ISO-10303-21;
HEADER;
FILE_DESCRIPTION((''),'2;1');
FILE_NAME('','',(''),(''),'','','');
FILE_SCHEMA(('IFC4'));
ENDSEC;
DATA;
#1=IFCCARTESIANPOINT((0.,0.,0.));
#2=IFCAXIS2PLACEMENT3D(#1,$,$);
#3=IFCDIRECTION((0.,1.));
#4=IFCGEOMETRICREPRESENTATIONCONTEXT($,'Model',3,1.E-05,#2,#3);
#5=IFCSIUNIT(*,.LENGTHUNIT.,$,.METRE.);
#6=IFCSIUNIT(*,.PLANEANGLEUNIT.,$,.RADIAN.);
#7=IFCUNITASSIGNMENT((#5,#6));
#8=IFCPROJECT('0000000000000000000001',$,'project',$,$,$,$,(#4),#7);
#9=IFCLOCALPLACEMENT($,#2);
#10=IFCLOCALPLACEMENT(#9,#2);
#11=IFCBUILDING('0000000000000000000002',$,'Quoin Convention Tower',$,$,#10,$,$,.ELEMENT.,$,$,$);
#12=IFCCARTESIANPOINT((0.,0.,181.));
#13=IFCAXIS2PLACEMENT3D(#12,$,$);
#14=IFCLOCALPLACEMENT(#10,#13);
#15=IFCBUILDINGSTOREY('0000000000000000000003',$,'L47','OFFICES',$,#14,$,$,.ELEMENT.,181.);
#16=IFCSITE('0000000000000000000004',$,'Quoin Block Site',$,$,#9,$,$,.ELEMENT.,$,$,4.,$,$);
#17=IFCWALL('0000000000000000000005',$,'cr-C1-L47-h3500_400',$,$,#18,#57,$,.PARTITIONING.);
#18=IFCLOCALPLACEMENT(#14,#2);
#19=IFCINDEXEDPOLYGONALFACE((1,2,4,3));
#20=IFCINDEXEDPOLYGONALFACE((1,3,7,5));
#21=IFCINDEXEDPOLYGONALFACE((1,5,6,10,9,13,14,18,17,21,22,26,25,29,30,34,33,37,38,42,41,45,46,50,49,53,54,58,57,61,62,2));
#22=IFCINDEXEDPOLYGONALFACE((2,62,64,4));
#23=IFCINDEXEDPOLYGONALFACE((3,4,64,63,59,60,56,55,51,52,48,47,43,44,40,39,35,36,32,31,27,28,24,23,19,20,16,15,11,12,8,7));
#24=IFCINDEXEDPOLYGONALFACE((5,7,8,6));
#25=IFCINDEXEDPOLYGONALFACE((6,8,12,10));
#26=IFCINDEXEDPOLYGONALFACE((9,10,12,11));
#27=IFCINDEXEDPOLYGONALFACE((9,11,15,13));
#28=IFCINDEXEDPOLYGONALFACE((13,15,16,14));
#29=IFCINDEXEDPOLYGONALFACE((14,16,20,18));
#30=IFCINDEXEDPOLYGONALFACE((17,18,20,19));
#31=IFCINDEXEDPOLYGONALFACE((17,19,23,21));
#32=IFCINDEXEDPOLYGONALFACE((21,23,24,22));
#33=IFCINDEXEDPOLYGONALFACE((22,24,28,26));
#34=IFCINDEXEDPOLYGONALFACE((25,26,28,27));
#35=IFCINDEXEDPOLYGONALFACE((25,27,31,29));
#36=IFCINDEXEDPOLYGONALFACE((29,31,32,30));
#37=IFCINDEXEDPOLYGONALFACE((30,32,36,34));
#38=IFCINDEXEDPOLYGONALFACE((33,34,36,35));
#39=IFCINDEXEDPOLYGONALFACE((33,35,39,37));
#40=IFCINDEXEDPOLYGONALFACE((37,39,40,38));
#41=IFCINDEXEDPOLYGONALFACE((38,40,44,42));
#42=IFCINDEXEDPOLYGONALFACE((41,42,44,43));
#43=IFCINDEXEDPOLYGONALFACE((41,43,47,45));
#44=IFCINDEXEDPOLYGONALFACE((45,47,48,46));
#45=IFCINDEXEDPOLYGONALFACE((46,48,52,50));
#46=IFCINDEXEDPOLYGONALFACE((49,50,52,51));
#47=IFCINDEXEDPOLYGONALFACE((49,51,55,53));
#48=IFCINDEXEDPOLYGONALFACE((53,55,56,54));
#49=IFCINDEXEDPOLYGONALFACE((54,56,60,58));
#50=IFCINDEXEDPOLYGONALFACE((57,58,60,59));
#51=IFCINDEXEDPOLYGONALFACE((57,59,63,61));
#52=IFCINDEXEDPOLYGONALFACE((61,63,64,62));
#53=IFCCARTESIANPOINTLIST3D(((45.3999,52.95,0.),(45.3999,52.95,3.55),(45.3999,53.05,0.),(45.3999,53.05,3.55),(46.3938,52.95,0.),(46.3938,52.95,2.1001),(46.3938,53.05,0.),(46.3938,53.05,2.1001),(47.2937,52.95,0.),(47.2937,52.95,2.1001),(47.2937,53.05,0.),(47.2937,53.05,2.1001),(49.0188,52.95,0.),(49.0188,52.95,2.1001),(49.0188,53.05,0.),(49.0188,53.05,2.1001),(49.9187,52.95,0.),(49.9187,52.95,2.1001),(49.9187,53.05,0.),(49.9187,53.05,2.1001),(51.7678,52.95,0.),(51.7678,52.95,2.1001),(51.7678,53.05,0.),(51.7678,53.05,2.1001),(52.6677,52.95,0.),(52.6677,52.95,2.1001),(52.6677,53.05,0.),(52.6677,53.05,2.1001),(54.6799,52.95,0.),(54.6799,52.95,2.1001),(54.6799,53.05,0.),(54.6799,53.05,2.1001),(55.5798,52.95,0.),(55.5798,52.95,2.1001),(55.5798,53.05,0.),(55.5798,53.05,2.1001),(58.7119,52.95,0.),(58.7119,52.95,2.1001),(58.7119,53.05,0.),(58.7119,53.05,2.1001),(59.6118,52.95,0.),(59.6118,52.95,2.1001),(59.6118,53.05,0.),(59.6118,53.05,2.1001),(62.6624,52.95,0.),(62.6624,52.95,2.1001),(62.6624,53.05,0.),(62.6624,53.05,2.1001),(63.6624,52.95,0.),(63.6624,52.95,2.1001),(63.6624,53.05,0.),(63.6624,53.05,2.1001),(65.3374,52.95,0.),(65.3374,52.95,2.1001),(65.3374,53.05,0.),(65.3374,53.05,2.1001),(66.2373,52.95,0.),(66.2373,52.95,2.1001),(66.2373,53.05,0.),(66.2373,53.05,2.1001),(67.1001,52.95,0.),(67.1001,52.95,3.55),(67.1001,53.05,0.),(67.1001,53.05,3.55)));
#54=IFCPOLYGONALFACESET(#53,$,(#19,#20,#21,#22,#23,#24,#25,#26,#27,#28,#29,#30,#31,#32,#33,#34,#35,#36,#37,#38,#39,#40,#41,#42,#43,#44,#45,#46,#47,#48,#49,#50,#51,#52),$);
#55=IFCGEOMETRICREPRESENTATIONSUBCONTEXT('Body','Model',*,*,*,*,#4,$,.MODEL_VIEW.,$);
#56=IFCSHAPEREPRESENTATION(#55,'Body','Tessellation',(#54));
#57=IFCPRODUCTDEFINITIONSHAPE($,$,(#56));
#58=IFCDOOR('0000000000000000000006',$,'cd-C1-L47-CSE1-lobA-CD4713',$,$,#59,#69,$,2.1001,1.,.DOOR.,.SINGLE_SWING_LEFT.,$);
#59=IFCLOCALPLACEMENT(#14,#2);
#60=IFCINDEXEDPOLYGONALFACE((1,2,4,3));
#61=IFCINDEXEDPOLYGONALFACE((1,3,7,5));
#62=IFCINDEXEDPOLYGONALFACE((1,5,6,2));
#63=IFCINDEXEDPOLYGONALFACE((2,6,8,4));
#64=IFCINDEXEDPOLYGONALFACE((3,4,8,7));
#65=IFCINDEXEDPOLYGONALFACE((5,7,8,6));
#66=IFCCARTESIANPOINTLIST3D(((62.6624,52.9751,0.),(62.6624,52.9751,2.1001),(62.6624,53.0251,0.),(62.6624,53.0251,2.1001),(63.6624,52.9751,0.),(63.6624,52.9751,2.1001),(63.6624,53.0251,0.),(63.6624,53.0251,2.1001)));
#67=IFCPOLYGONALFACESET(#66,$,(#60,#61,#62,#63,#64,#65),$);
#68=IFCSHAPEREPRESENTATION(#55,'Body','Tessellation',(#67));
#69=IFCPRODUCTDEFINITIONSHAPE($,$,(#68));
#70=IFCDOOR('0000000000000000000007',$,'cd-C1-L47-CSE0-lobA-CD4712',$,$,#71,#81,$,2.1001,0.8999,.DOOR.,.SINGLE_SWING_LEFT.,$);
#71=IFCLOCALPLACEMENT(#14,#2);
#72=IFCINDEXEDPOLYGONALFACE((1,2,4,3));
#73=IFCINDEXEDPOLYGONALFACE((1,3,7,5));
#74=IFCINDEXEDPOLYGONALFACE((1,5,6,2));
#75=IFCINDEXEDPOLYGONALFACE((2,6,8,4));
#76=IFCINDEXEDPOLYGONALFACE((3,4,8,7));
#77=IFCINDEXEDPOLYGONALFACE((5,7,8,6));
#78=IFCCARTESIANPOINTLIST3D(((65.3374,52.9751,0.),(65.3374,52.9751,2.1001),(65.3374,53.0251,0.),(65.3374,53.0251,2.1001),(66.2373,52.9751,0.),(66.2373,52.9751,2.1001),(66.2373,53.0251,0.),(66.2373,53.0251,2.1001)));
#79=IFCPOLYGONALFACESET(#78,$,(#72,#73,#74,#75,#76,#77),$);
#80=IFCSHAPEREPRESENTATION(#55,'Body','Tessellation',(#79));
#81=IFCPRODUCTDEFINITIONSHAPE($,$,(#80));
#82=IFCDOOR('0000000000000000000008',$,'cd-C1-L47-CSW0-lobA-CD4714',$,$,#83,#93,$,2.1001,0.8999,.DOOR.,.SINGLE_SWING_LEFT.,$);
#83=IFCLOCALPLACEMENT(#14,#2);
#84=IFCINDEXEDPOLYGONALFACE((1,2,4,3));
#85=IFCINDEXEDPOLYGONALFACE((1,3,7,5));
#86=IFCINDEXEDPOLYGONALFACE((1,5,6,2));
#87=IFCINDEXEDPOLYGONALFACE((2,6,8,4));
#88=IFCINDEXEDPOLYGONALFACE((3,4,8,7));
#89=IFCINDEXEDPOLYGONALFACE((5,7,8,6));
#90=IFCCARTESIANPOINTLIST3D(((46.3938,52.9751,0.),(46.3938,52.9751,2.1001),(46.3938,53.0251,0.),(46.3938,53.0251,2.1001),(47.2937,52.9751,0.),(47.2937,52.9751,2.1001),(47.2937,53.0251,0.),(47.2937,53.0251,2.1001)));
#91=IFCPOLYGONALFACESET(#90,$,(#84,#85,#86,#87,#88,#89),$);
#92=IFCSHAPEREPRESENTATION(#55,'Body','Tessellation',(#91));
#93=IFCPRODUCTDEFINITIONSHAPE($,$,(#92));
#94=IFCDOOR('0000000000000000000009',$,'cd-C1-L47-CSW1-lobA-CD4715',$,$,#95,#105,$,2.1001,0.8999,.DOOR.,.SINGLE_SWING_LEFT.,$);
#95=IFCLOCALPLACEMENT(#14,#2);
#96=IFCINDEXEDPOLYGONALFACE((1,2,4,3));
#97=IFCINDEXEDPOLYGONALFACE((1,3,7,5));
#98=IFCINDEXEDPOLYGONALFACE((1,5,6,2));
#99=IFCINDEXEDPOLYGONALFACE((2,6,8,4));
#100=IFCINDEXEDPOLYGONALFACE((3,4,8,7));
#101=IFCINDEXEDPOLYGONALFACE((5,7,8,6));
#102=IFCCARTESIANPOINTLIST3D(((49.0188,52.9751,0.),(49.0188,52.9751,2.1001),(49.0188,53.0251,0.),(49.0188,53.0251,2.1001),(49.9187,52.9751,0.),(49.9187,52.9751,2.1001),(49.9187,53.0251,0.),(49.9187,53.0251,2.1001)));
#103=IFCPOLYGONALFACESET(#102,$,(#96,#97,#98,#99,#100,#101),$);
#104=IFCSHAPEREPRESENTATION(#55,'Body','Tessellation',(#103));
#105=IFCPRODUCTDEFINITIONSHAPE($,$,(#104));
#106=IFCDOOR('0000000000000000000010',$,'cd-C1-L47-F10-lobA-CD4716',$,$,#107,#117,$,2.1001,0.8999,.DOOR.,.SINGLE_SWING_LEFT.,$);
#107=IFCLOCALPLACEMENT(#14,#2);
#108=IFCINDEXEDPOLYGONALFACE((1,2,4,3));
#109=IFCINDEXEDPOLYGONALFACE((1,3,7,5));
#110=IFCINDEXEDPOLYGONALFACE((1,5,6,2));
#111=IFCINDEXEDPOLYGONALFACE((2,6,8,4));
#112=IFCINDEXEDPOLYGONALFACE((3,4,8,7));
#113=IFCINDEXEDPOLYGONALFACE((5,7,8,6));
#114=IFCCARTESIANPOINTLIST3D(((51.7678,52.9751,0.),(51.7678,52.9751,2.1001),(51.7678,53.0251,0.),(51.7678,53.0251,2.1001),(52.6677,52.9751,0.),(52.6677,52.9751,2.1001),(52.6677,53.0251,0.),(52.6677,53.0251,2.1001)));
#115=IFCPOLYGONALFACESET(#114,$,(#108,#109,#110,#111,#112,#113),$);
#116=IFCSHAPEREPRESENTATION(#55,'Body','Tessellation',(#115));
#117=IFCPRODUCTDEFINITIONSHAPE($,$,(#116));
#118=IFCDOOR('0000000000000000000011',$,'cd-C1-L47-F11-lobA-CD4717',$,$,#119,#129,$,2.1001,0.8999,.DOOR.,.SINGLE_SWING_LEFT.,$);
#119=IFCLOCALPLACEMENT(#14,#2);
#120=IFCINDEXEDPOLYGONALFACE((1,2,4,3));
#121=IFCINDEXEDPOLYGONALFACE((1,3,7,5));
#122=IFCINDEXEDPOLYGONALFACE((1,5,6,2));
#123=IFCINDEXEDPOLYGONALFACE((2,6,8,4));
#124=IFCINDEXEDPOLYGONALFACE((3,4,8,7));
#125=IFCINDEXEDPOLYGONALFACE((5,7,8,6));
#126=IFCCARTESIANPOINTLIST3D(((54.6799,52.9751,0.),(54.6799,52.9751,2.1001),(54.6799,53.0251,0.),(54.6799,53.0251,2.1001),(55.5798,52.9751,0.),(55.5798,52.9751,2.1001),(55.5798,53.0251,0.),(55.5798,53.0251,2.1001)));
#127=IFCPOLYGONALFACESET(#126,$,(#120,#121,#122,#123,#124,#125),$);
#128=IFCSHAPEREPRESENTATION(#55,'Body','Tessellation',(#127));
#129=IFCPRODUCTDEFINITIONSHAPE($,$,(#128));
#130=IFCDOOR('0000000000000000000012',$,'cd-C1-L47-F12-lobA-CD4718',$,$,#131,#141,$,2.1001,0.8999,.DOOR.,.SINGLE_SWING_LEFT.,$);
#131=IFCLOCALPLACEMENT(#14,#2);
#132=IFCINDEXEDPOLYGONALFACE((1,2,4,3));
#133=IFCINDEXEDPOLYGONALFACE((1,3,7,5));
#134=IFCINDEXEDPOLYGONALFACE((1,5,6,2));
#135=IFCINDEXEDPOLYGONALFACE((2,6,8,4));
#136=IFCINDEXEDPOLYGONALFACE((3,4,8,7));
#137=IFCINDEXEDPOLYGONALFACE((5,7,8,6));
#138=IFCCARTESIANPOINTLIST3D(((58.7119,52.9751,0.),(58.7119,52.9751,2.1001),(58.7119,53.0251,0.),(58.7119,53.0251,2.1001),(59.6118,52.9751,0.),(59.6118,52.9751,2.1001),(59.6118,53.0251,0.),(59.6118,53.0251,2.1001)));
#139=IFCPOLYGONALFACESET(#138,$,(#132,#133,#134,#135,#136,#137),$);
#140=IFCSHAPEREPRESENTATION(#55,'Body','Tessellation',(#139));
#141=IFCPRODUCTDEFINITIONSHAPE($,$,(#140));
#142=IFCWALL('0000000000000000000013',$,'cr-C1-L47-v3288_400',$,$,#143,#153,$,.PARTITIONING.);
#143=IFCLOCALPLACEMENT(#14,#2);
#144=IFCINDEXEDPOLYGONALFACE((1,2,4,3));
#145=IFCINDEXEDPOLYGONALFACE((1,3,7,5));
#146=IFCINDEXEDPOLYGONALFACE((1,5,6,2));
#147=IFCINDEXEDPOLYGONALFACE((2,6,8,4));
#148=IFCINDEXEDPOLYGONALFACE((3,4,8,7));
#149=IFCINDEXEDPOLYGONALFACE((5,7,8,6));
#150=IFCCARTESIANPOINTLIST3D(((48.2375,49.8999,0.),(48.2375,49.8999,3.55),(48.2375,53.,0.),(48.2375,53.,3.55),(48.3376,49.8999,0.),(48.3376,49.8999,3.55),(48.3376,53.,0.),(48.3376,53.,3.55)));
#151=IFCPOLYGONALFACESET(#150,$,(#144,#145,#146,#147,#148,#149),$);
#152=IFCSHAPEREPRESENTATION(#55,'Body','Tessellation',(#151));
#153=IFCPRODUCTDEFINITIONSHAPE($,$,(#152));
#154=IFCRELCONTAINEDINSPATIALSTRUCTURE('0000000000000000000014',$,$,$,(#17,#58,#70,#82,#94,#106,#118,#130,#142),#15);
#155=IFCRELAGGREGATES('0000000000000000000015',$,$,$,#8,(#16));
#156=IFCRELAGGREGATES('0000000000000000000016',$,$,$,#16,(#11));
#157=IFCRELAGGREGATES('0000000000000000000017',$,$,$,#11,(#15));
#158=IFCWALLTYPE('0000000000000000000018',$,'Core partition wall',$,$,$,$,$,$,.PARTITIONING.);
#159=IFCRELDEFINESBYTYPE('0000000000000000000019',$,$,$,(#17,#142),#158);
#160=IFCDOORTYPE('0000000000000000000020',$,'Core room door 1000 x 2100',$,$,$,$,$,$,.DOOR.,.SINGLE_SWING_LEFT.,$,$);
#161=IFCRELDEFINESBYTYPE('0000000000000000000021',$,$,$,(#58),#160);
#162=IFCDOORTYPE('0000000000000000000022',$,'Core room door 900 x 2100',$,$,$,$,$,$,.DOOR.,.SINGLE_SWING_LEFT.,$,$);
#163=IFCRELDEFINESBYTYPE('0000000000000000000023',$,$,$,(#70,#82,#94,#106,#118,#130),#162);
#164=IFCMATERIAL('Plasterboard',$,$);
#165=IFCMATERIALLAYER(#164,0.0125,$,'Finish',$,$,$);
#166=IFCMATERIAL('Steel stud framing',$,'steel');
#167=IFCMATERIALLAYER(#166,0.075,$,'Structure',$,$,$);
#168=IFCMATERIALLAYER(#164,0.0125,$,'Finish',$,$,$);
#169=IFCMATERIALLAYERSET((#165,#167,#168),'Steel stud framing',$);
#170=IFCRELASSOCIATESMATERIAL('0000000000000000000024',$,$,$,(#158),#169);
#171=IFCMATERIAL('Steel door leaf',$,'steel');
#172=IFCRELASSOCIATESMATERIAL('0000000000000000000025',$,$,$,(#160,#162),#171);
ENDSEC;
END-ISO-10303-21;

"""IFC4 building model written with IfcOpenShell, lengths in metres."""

from ifc_helpers import new_model, si_unit, direction, frame, frame_2d, origin, place, context, subcontext, project, spatial, rectangle, extrude, material, layer, layer_set, type_object, element, fill, save


model = new_model("IFC4")

# Units and contexts
model_context = context("Model", 3, precision=1e-05, world=origin(), true_north=direction((0.0, 1.0)))
body_context = subcontext(model_context, "Body", "Model", "MODEL_VIEW")
ifc_project = project(units=[si_unit("LENGTHUNIT", "METRE"), si_unit("PLANEANGLEUNIT", "RADIAN")], contexts=[model_context])

# Site, building, storey
site_placement = place(None, origin())
site = spatial("IfcSite", under=ifc_project, at=site_placement, Name="Quoin Block Site", CompositionType="ELEMENT", RefElevation=4.0)
building_placement = place(site_placement, origin())
building = spatial("IfcBuilding", under=site, at=building_placement, Name="Quoin Convention Tower", CompositionType="ELEMENT")
storey_placement = place(building_placement, frame((0.0, 0.0, 181.0)))
storey = spatial("IfcBuildingStorey", under=building, at=storey_placement, Name="L47", Description="OFFICES", CompositionType="ELEMENT", Elevation=181.0)

# Shared definitions
ifc_material_1 = material(Name="Plasterboard")
ifc_material_2 = material(Name="Steel stud framing", Category="steel")
ifc_material_3 = material(Name="Steel door leaf", Category="steel")

# Wall, openings, doors
ifc_layer_1 = layer(ifc_material_1, 0.0125, Name="Finish")
ifc_layer_2 = layer(ifc_material_2, 0.075, Name="Structure")
ifc_layer_3 = layer(ifc_material_1, 0.0125, Name="Finish")
ifc_layer_set_1 = layer_set([ifc_layer_1, ifc_layer_2, ifc_layer_3], Name="Steel stud framing")
wall_type_1 = type_object("IfcWallType", Name="Core partition wall", PredefinedType="PARTITIONING", material=ifc_layer_set_1)
wall_1_placement = place(storey_placement, frame((45.3999, 53.0, 0.0), z_axis=(0.0, 0.0, 1.0), x_axis=(1.0, 0.0, 0.0)))
wall_1 = element("IfcWall", 1, at=wall_1_placement, inside=storey, type_object=wall_type_1, Name="cr-C1-L47-h3500_400", PredefinedType="PARTITIONING", context=body_context, shape_type="SweptSolid", body=[
    extrude(rectangle(XDim=21.7002, YDim=0.1001, at=frame_2d((10.8501, 0.0))), origin(), (0.0, 0.0, 1.0), 3.55),
])
opening_1_placement = place(wall_1_placement, frame((19.9375, 0.0, 0.0)))
opening_1 = element("IfcOpeningElement", 2, at=opening_1_placement, cuts=wall_1, PredefinedType="OPENING", context=body_context, shape_type="SweptSolid", body=[
    extrude(rectangle(XDim=0.8999, YDim=2.1001, at=frame_2d((0.45, 1.05))), frame((0.0, 0.0601, 0.0), z_axis=(0.0, -1.0, 0.0), x_axis=(1.0, 0.0, 0.0)), (0.0, 0.0, 1.0), 0.1201),
])
opening_2_placement = place(wall_1_placement, frame((17.2625, 0.0, 0.0)))
opening_2 = element("IfcOpeningElement", 3, at=opening_2_placement, cuts=wall_1, PredefinedType="OPENING", context=body_context, shape_type="SweptSolid", body=[
    extrude(rectangle(XDim=1.0, YDim=2.1001, at=frame_2d((0.5, 1.05))), frame((0.0, 0.0601, 0.0), z_axis=(0.0, -1.0, 0.0), x_axis=(1.0, 0.0, 0.0)), (0.0, 0.0, 1.0), 0.1201),
])
opening_3_placement = place(wall_1_placement, frame((0.9939, 0.0, 0.0)))
opening_3 = element("IfcOpeningElement", 4, at=opening_3_placement, cuts=wall_1, PredefinedType="OPENING", context=body_context, shape_type="SweptSolid", body=[
    extrude(rectangle(XDim=0.8999, YDim=2.1001, at=frame_2d((0.45, 1.05))), frame((0.0, 0.0601, 0.0), z_axis=(0.0, -1.0, 0.0), x_axis=(1.0, 0.0, 0.0)), (0.0, 0.0, 1.0), 0.1201),
])
opening_4_placement = place(wall_1_placement, frame((3.6189, 0.0, 0.0)))
opening_4 = element("IfcOpeningElement", 5, at=opening_4_placement, cuts=wall_1, PredefinedType="OPENING", context=body_context, shape_type="SweptSolid", body=[
    extrude(rectangle(XDim=0.8999, YDim=2.1001, at=frame_2d((0.45, 1.05))), frame((0.0, 0.0601, 0.0), z_axis=(0.0, -1.0, 0.0), x_axis=(1.0, 0.0, 0.0)), (0.0, 0.0, 1.0), 0.1201),
])
opening_5_placement = place(wall_1_placement, frame((6.3679, 0.0, 0.0)))
opening_5 = element("IfcOpeningElement", 6, at=opening_5_placement, cuts=wall_1, PredefinedType="OPENING", context=body_context, shape_type="SweptSolid", body=[
    extrude(rectangle(XDim=0.8999, YDim=2.1001, at=frame_2d((0.45, 1.05))), frame((0.0, 0.0601, 0.0), z_axis=(0.0, -1.0, 0.0), x_axis=(1.0, 0.0, 0.0)), (0.0, 0.0, 1.0), 0.1201),
])
opening_6_placement = place(wall_1_placement, frame((9.28, 0.0, 0.0)))
opening_6 = element("IfcOpeningElement", 7, at=opening_6_placement, cuts=wall_1, PredefinedType="OPENING", context=body_context, shape_type="SweptSolid", body=[
    extrude(rectangle(XDim=0.8999, YDim=2.1001, at=frame_2d((0.45, 1.05))), frame((0.0, 0.0601, 0.0), z_axis=(0.0, -1.0, 0.0), x_axis=(1.0, 0.0, 0.0)), (0.0, 0.0, 1.0), 0.1201),
])
opening_7_placement = place(wall_1_placement, frame((13.312, 0.0, 0.0)))
opening_7 = element("IfcOpeningElement", 8, at=opening_7_placement, cuts=wall_1, PredefinedType="OPENING", context=body_context, shape_type="SweptSolid", body=[
    extrude(rectangle(XDim=0.8999, YDim=2.1001, at=frame_2d((0.45, 1.05))), frame((0.0, 0.0601, 0.0), z_axis=(0.0, -1.0, 0.0), x_axis=(1.0, 0.0, 0.0)), (0.0, 0.0, 1.0), 0.1201),
])
door_type_1 = type_object("IfcDoorType", Name="Core room door 1000 x 2100", OperationType="SINGLE_SWING_LEFT", PredefinedType="DOOR", material=ifc_material_3)
door_1_placement = place(opening_2_placement, frame((1.0, 0.0, 0.0), z_axis=(0.0, 0.0, 1.0), x_axis=(-1.0, 0.0, 0.0)))
door_1 = element("IfcDoor", 9, at=door_1_placement, inside=storey, type_object=door_type_1, Name="cd-C1-L47-CSE1-lobA-CD4713", OperationType="SINGLE_SWING_LEFT", OverallHeight=2.1001, OverallWidth=1.0, PredefinedType="DOOR", context=body_context, shape_type="SweptSolid", body=[
    extrude(rectangle(XDim=1.0, YDim=2.1001, at=frame_2d((0.5, 1.05))), frame((0.0, 0.0249, 0.0), z_axis=(0.0, -1.0, 0.0), x_axis=(1.0, 0.0, 0.0)), (0.0, 0.0, 1.0), 0.05),
])
fill(opening_2, door_1)
door_type_2 = type_object("IfcDoorType", Name="Core room door 900 x 2100", OperationType="SINGLE_SWING_LEFT", PredefinedType="DOOR", material=ifc_material_3)
door_2_placement = place(opening_1_placement, frame((0.8999, 0.0, 0.0), z_axis=(0.0, 0.0, 1.0), x_axis=(-1.0, 0.0, 0.0)))
door_2 = element("IfcDoor", 10, at=door_2_placement, inside=storey, type_object=door_type_2, Name="cd-C1-L47-CSE0-lobA-CD4712", OperationType="SINGLE_SWING_LEFT", OverallHeight=2.1001, OverallWidth=0.8999, PredefinedType="DOOR", context=body_context, shape_type="SweptSolid", body=[
    extrude(rectangle(XDim=0.8999, YDim=2.1001, at=frame_2d((0.45, 1.05))), frame((0.0, 0.0249, 0.0), z_axis=(0.0, -1.0, 0.0), x_axis=(1.0, 0.0, 0.0)), (0.0, 0.0, 1.0), 0.05),
])
fill(opening_1, door_2)
door_3_placement = place(opening_3_placement, frame((0.8999, 0.0, 0.0), z_axis=(0.0, 0.0, 1.0), x_axis=(-1.0, 0.0, 0.0)))
door_3 = element("IfcDoor", 11, at=door_3_placement, inside=storey, type_object=door_type_2, Name="cd-C1-L47-CSW0-lobA-CD4714", OperationType="SINGLE_SWING_LEFT", OverallHeight=2.1001, OverallWidth=0.8999, PredefinedType="DOOR", context=body_context, shape_type="SweptSolid", body=[
    extrude(rectangle(XDim=0.8999, YDim=2.1001, at=frame_2d((0.45, 1.05))), frame((0.0, 0.0249, 0.0), z_axis=(0.0, -1.0, 0.0), x_axis=(1.0, 0.0, 0.0)), (0.0, 0.0, 1.0), 0.05),
])
fill(opening_3, door_3)
door_4_placement = place(opening_4_placement, frame((0.8999, 0.0, 0.0), z_axis=(0.0, 0.0, 1.0), x_axis=(-1.0, 0.0, 0.0)))
door_4 = element("IfcDoor", 12, at=door_4_placement, inside=storey, type_object=door_type_2, Name="cd-C1-L47-CSW1-lobA-CD4715", OperationType="SINGLE_SWING_LEFT", OverallHeight=2.1001, OverallWidth=0.8999, PredefinedType="DOOR", context=body_context, shape_type="SweptSolid", body=[
    extrude(rectangle(XDim=0.8999, YDim=2.1001, at=frame_2d((0.45, 1.05))), frame((0.0, 0.0249, 0.0), z_axis=(0.0, -1.0, 0.0), x_axis=(1.0, 0.0, 0.0)), (0.0, 0.0, 1.0), 0.05),
])
fill(opening_4, door_4)
door_5_placement = place(opening_5_placement, frame((0.8999, 0.0, 0.0), z_axis=(0.0, 0.0, 1.0), x_axis=(-1.0, 0.0, 0.0)))
door_5 = element("IfcDoor", 13, at=door_5_placement, inside=storey, type_object=door_type_2, Name="cd-C1-L47-F10-lobA-CD4716", OperationType="SINGLE_SWING_LEFT", OverallHeight=2.1001, OverallWidth=0.8999, PredefinedType="DOOR", context=body_context, shape_type="SweptSolid", body=[
    extrude(rectangle(XDim=0.8999, YDim=2.1001, at=frame_2d((0.45, 1.05))), frame((0.0, 0.0249, 0.0), z_axis=(0.0, -1.0, 0.0), x_axis=(1.0, 0.0, 0.0)), (0.0, 0.0, 1.0), 0.05),
])
fill(opening_5, door_5)
door_6_placement = place(opening_6_placement, frame((0.8999, 0.0, 0.0), z_axis=(0.0, 0.0, 1.0), x_axis=(-1.0, 0.0, 0.0)))
door_6 = element("IfcDoor", 14, at=door_6_placement, inside=storey, type_object=door_type_2, Name="cd-C1-L47-F11-lobA-CD4717", OperationType="SINGLE_SWING_LEFT", OverallHeight=2.1001, OverallWidth=0.8999, PredefinedType="DOOR", context=body_context, shape_type="SweptSolid", body=[
    extrude(rectangle(XDim=0.8999, YDim=2.1001, at=frame_2d((0.45, 1.05))), frame((0.0, 0.0249, 0.0), z_axis=(0.0, -1.0, 0.0), x_axis=(1.0, 0.0, 0.0)), (0.0, 0.0, 1.0), 0.05),
])
fill(opening_6, door_6)
door_7_placement = place(opening_7_placement, frame((0.8999, 0.0, 0.0), z_axis=(0.0, 0.0, 1.0), x_axis=(-1.0, 0.0, 0.0)))
door_7 = element("IfcDoor", 15, at=door_7_placement, inside=storey, type_object=door_type_2, Name="cd-C1-L47-F12-lobA-CD4718", OperationType="SINGLE_SWING_LEFT", OverallHeight=2.1001, OverallWidth=0.8999, PredefinedType="DOOR", context=body_context, shape_type="SweptSolid", body=[
    extrude(rectangle(XDim=0.8999, YDim=2.1001, at=frame_2d((0.45, 1.05))), frame((0.0, 0.0249, 0.0), z_axis=(0.0, -1.0, 0.0), x_axis=(1.0, 0.0, 0.0)), (0.0, 0.0, 1.0), 0.05),
])
fill(opening_7, door_7)

# Wall
wall_2_placement = place(storey_placement, frame((48.2876, 49.8999, 0.0), z_axis=(0.0, 0.0, 1.0), x_axis=(0.0, 1.0, 0.0)))
element("IfcWall", 16, at=wall_2_placement, inside=storey, type_object=wall_type_1, Name="cr-C1-L47-v3288_400", PredefinedType="PARTITIONING", context=body_context, shape_type="SweptSolid", body=[
    extrude(rectangle(XDim=3.1001, YDim=0.1001, at=frame_2d((1.55, 0.0))), origin(), (0.0, 0.0, 1.0), 3.55),
])

save(model, "model.ifc")
